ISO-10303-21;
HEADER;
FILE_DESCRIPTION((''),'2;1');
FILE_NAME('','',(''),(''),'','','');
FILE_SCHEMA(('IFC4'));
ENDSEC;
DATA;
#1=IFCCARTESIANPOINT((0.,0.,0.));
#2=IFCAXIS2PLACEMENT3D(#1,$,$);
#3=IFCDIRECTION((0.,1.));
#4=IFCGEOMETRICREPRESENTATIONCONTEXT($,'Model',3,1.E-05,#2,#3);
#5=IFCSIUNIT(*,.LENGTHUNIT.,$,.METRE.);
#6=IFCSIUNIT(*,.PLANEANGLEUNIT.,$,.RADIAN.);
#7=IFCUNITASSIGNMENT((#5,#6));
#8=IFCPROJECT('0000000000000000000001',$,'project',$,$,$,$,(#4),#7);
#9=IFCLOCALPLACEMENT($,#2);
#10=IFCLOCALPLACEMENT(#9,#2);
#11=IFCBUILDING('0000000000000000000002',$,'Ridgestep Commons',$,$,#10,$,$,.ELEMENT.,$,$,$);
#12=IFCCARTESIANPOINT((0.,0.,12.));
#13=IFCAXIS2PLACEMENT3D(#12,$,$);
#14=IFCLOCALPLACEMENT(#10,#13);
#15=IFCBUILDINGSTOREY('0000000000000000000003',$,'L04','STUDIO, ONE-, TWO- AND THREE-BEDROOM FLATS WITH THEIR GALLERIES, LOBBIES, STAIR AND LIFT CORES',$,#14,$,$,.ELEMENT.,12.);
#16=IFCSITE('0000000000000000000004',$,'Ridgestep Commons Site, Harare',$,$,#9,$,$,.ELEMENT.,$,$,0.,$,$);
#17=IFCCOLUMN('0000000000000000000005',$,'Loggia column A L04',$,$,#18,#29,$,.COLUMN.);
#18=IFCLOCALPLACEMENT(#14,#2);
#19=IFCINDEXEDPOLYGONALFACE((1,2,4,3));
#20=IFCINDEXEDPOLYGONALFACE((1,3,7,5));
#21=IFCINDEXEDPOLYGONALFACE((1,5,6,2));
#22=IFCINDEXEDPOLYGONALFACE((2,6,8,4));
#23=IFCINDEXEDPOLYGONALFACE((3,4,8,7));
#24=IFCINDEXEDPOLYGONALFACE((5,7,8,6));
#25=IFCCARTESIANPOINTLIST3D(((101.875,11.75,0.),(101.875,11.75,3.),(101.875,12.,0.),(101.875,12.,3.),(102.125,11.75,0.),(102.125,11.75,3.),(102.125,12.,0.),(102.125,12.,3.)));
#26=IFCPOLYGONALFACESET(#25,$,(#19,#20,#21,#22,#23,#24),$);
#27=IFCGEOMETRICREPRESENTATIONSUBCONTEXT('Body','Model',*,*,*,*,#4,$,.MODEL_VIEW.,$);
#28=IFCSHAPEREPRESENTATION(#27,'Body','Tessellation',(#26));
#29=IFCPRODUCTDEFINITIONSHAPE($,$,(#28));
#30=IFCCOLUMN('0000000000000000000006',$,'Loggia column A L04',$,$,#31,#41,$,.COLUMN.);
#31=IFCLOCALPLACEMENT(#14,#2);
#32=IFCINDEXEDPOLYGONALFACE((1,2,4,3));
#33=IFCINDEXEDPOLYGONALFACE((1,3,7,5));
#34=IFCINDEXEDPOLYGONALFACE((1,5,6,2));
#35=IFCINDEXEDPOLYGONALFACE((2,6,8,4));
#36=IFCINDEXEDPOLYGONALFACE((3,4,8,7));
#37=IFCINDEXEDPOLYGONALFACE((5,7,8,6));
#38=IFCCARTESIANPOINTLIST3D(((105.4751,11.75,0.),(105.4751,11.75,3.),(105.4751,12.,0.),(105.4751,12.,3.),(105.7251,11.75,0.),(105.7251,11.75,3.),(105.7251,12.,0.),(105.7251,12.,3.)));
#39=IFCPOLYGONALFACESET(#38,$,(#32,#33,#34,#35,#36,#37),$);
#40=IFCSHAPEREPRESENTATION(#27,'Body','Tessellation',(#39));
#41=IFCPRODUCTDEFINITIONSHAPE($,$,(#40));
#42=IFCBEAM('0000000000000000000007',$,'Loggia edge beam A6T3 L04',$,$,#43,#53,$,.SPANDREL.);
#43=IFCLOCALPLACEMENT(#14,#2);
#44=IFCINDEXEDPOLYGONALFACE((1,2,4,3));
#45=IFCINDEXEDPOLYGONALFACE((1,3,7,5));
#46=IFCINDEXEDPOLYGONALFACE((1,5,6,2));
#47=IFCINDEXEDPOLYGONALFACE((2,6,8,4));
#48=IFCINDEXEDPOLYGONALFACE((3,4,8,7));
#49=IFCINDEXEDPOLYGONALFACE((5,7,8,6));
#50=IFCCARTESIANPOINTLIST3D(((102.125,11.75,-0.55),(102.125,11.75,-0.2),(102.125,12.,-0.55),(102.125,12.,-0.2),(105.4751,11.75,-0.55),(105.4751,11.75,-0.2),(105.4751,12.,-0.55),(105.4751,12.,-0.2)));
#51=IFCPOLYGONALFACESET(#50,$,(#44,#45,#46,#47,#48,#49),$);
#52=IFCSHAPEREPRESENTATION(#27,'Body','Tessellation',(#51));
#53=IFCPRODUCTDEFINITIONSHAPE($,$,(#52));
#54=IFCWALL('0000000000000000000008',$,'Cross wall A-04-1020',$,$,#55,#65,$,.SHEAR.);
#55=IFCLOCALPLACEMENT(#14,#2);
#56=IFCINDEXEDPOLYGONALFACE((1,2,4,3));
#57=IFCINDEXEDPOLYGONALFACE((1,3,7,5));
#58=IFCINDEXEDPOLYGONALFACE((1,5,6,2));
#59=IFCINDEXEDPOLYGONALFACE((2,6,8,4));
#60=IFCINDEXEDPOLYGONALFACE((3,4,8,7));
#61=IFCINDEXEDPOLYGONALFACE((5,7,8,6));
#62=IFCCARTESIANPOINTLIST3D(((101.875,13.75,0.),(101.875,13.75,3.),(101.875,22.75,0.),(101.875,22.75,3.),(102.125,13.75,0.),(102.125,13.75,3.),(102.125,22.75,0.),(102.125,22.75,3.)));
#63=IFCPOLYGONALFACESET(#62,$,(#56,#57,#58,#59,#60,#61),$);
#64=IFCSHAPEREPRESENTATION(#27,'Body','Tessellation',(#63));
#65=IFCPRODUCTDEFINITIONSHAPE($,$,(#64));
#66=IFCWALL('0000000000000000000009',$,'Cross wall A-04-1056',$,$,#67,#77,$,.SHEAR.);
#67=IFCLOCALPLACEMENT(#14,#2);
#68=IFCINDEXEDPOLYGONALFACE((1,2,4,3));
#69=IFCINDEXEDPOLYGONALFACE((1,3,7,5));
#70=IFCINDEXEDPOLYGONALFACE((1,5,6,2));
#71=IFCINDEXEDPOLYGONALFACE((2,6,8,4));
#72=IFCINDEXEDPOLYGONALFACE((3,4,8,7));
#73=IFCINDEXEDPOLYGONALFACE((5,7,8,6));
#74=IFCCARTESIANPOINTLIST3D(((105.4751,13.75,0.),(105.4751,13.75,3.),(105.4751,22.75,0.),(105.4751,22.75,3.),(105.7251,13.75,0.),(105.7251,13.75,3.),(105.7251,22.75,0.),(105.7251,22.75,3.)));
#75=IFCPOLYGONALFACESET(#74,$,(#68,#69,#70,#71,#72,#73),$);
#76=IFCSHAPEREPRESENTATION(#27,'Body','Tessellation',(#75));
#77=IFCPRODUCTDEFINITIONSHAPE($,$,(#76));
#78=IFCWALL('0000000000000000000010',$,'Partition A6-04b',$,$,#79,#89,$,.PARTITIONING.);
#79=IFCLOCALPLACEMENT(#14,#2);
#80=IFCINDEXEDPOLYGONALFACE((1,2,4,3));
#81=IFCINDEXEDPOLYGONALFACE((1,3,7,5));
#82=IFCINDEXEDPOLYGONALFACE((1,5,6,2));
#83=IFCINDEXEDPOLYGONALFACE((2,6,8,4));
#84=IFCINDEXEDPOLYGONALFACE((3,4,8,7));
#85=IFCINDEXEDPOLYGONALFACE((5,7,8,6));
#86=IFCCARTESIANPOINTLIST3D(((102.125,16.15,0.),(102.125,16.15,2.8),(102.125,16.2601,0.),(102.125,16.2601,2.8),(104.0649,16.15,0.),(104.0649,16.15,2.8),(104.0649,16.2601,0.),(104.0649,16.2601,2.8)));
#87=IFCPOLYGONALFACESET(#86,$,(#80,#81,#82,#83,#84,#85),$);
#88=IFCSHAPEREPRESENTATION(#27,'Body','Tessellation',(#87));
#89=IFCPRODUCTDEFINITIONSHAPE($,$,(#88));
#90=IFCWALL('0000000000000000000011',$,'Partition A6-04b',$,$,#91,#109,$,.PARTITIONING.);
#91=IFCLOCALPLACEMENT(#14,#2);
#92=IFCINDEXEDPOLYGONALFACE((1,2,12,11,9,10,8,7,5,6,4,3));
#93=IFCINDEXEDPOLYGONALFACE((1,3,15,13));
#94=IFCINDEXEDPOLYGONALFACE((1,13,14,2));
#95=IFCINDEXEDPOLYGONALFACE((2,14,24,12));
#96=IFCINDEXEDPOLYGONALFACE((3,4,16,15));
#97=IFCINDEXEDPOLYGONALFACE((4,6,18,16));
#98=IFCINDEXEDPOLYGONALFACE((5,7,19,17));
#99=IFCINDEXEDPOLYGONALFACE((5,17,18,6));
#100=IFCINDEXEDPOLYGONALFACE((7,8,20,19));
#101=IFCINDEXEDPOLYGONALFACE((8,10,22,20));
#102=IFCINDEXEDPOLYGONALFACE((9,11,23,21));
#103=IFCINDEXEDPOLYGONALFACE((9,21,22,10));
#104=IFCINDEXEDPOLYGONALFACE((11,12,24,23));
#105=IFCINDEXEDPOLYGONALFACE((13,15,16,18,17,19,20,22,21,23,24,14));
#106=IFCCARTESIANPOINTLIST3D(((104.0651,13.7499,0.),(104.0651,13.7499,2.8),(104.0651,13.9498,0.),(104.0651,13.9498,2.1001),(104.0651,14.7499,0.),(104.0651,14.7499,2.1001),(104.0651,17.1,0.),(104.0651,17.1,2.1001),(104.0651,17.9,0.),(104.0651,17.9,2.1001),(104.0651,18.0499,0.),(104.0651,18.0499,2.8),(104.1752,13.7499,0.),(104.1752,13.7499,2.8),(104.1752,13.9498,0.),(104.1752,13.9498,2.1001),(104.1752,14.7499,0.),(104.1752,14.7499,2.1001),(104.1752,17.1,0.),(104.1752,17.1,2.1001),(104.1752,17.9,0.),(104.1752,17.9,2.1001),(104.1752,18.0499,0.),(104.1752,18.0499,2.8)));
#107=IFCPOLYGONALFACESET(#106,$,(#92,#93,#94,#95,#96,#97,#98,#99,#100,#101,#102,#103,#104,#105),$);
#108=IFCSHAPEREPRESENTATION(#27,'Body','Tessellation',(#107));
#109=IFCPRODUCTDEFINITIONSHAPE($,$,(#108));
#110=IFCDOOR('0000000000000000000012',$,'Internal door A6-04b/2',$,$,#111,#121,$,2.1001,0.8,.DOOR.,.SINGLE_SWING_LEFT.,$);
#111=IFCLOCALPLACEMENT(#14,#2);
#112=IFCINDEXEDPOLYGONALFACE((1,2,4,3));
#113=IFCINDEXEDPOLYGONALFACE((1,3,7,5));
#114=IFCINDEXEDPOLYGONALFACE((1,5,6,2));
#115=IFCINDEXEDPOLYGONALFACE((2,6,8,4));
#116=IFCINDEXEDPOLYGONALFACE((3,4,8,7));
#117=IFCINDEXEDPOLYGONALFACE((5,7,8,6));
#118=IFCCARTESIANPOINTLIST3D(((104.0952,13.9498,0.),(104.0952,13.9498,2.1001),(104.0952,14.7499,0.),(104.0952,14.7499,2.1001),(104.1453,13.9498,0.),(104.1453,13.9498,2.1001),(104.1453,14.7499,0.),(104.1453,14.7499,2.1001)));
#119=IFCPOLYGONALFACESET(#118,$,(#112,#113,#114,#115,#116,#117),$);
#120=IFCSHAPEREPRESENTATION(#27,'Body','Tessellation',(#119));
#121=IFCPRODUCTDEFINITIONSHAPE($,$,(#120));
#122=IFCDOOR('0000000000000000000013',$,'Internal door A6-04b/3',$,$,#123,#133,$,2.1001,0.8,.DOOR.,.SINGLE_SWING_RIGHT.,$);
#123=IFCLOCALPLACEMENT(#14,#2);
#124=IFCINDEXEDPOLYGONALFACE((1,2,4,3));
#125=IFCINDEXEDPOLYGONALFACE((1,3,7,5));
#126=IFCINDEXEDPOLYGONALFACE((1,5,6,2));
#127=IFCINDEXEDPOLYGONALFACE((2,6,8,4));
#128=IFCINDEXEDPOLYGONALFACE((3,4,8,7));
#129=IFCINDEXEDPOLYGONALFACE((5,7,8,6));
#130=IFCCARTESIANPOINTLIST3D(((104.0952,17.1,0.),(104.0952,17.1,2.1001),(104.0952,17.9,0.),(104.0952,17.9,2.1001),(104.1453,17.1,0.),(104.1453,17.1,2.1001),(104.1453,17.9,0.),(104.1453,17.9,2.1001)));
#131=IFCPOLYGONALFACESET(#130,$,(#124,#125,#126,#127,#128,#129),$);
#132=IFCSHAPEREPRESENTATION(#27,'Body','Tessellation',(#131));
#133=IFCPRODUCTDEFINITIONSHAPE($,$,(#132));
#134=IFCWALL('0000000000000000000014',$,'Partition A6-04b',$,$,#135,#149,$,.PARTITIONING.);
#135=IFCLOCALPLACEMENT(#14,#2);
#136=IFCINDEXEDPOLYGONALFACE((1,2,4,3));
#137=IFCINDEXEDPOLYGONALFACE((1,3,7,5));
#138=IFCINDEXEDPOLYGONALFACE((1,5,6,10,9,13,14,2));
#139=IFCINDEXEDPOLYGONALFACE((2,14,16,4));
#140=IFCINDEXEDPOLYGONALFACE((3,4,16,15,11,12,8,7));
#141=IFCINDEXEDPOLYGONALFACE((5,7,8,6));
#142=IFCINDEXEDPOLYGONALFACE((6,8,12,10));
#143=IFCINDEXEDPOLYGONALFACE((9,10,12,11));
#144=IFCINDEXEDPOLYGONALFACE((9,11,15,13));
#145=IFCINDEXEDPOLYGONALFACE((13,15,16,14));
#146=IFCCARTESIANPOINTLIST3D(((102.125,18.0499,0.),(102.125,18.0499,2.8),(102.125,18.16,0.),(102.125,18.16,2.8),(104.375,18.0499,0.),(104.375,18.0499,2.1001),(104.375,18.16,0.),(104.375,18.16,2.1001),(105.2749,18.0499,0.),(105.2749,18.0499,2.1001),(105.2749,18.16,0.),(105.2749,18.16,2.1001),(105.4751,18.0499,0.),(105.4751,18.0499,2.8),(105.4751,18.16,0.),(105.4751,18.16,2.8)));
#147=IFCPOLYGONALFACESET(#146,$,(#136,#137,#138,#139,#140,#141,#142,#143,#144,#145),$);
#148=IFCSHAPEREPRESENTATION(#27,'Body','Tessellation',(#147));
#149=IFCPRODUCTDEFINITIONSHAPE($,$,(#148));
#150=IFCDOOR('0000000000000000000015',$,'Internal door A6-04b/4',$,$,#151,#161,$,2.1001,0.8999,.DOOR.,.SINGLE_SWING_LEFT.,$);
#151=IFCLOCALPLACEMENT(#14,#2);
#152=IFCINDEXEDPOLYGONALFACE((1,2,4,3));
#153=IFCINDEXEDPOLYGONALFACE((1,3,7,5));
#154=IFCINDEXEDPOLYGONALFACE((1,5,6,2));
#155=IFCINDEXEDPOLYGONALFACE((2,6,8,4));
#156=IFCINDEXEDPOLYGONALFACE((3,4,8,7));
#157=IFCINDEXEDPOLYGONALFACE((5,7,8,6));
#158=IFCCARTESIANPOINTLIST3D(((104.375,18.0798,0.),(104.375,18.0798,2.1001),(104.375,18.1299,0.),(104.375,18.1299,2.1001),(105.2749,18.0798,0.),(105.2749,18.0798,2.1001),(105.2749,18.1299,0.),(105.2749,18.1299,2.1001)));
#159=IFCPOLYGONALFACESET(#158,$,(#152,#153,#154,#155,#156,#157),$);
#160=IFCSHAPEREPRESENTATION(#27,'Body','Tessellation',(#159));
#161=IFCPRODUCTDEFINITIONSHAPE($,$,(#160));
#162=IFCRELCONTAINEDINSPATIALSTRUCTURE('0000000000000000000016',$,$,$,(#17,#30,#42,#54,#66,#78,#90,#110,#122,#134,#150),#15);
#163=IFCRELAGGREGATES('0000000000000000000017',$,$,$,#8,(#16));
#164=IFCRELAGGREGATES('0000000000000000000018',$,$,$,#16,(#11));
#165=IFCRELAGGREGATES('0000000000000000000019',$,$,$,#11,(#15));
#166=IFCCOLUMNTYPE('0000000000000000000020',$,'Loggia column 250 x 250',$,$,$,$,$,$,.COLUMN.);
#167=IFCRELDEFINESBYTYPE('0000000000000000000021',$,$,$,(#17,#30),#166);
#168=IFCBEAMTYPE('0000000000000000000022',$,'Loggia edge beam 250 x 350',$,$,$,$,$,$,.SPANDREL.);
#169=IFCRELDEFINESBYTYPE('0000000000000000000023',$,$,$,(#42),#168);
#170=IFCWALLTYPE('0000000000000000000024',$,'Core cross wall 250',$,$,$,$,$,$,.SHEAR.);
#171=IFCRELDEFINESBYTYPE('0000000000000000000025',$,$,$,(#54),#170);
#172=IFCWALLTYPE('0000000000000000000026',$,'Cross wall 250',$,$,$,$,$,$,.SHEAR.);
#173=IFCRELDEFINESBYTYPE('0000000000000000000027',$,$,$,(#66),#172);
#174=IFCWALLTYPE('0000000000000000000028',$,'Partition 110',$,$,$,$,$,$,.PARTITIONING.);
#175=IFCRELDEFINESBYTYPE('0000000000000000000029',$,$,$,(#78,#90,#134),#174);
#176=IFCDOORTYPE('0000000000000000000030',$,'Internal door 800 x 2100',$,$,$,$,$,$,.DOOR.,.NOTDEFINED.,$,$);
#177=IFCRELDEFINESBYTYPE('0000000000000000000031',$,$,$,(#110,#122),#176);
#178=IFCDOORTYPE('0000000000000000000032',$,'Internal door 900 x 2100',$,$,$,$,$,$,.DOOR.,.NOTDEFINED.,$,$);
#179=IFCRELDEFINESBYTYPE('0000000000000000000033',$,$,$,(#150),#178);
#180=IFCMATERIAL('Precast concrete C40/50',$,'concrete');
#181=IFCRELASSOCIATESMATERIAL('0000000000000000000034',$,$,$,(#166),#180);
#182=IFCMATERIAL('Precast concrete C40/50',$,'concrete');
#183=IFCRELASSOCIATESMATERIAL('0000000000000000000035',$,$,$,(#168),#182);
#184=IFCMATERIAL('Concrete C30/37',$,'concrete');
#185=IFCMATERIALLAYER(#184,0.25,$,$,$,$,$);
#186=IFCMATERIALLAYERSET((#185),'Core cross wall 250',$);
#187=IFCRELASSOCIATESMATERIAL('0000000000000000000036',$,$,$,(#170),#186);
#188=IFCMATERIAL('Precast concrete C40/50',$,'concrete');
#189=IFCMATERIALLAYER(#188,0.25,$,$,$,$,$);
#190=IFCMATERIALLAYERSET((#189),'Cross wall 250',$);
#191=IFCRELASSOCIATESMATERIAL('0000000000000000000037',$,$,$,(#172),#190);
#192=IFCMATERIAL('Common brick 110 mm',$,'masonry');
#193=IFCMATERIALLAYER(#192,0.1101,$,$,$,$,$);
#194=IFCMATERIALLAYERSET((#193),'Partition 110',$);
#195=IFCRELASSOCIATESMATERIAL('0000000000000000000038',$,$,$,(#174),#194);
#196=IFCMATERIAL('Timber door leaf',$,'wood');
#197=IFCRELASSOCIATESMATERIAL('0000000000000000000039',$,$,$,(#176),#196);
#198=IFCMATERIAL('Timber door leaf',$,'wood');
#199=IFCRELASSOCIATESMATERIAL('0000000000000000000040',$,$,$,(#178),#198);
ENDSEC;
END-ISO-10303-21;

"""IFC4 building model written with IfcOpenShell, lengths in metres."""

from ifc_helpers import new_model, si_unit, direction, frame, frame_2d, origin, origin_2d, place, context, subcontext, project, spatial, rectangle, extrude, material, layer, layer_set, material_profile, profile_set, type_object, element, fill, save


model = new_model("IFC4")

# Units and contexts
model_context = context("Model", 3, precision=1e-05, world=origin(), true_north=direction((0.0, 1.0)))
body_context = subcontext(model_context, "Body", "Model", "MODEL_VIEW")
ifc_project = project(units=[si_unit("LENGTHUNIT", "METRE"), si_unit("PLANEANGLEUNIT", "RADIAN")], contexts=[model_context])

# Site, building, storey
site_placement = place(None, origin())
site = spatial("IfcSite", under=ifc_project, at=site_placement, Name="Ridgestep Commons Site, Harare", CompositionType="ELEMENT", RefElevation=0.0)
building_placement = place(site_placement, origin())
building = spatial("IfcBuilding", under=site, at=building_placement, Name="Ridgestep Commons", CompositionType="ELEMENT")
storey_placement = place(building_placement, frame((0.0, 0.0, 12.0)))
storey = spatial("IfcBuildingStorey", under=building, at=storey_placement, Name="L04", Description="STUDIO, ONE-, TWO- AND THREE-BEDROOM FLATS WITH THEIR GALLERIES, LOBBIES, STAIR AND LIFT CORES", CompositionType="ELEMENT", Elevation=12.0)

# Columns
ifc_material_1 = material(Name="Precast concrete C40/50", Category="concrete")
ifc_material_profile_1 = material_profile(ifc_material_1, rectangle(XDim=0.25, YDim=0.25, at=origin_2d()), Name="PC 250x250")
ifc_profile_set_1 = profile_set([ifc_material_profile_1], Name="Precast concrete C40/50")
column_type = type_object("IfcColumnType", Name="Loggia column 250 x 250", PredefinedType="COLUMN", material=ifc_profile_set_1)
for number, where, z_axis, x_axis, name in (
    (1, (102.0, 11.875, 0.0), (0.0, 0.0, 1.0), (1.0, 0.0, 0.0), "Loggia column A L04"),
    (2, (105.6001, 11.875, 0.0), (0.0, 0.0, 1.0), (1.0, 0.0, 0.0), "Loggia column A L04"),
):
    element("IfcColumn", number, at=place(storey_placement, frame(where, z_axis=z_axis, x_axis=x_axis)), inside=storey, type_object=column_type, Name=name, PredefinedType="COLUMN", context=body_context, shape_type="SweptSolid", body=[
        extrude(rectangle(XDim=0.25, YDim=0.25, at=origin_2d()), origin(), (0.0, 0.0, 1.0), 3.0),
    ])

# Beam
ifc_material_2 = material(Name="Precast concrete C40/50", Category="concrete")
ifc_material_profile_2 = material_profile(ifc_material_2, rectangle(XDim=0.25, YDim=0.3501, at=origin_2d()), Name="PC 250x350")
ifc_profile_set_2 = profile_set([ifc_material_profile_2], Name="Precast concrete C40/50")
beam_type = type_object("IfcBeamType", Name="Loggia edge beam 250 x 350", PredefinedType="SPANDREL", material=ifc_profile_set_2)
beam_placement = place(storey_placement, frame((102.125, 11.875, -0.375), z_axis=(1.0, 0.0, 0.0), x_axis=(0.0, 1.0, 0.0)))
element("IfcBeam", 3, at=beam_placement, inside=storey, type_object=beam_type, Name="Loggia edge beam A6T3 L04", PredefinedType="SPANDREL", context=body_context, shape_type="SweptSolid", body=[
    extrude(rectangle(XDim=0.25, YDim=0.3501, at=origin_2d()), origin(), (0.0, 0.0, 1.0), 3.3501),
])

# Walls
ifc_material_3 = material(Name="Concrete C30/37", Category="concrete")
ifc_layer_1 = layer(ifc_material_3, 0.25)
ifc_layer_set_1 = layer_set([ifc_layer_1], Name="Core cross wall 250")
wall_type_1 = type_object("IfcWallType", Name="Core cross wall 250", PredefinedType="SHEAR", material=ifc_layer_set_1)
wall_1_placement = place(storey_placement, frame((102.0, 13.75, 0.0), z_axis=(0.0, 0.0, 1.0), x_axis=(0.0, 1.0, 0.0)))
element("IfcWall", 4, at=wall_1_placement, inside=storey, type_object=wall_type_1, Name="Cross wall A-04-1020", PredefinedType="SHEAR", context=body_context, shape_type="SweptSolid", body=[
    extrude(rectangle(XDim=9.0, YDim=0.25, at=frame_2d((4.5, 0.0))), origin(), (0.0, 0.0, 1.0), 3.0),
])
ifc_material_4 = material(Name="Precast concrete C40/50", Category="concrete")
ifc_layer_2 = layer(ifc_material_4, 0.25)
ifc_layer_set_2 = layer_set([ifc_layer_2], Name="Cross wall 250")
wall_type_2 = type_object("IfcWallType", Name="Cross wall 250", PredefinedType="SHEAR", material=ifc_layer_set_2)
wall_2_placement = place(storey_placement, frame((105.6001, 13.75, 0.0), z_axis=(0.0, 0.0, 1.0), x_axis=(0.0, 1.0, 0.0)))
element("IfcWall", 5, at=wall_2_placement, inside=storey, type_object=wall_type_2, Name="Cross wall A-04-1056", PredefinedType="SHEAR", context=body_context, shape_type="SweptSolid", body=[
    extrude(rectangle(XDim=9.0, YDim=0.25, at=frame_2d((4.5, 0.0))), origin(), (0.0, 0.0, 1.0), 3.0),
])
ifc_material_5 = material(Name="Common brick 110 mm", Category="masonry")
ifc_layer_3 = layer(ifc_material_5, 0.1101)
ifc_layer_set_3 = layer_set([ifc_layer_3], Name="Partition 110")
wall_type_3 = type_object("IfcWallType", Name="Partition 110", PredefinedType="PARTITIONING", material=ifc_layer_set_3)
wall_3_placement = place(storey_placement, frame((102.125, 16.2051, 0.0), z_axis=(0.0, 0.0, 1.0), x_axis=(1.0, 0.0, 0.0)))
element("IfcWall", 6, at=wall_3_placement, inside=storey, type_object=wall_type_3, Name="Partition A6-04b", PredefinedType="PARTITIONING", context=body_context, shape_type="SweptSolid", body=[
    extrude(rectangle(XDim=1.9399, YDim=0.1101, at=frame_2d((0.97, 0.0))), origin(), (0.0, 0.0, 1.0), 2.8),
])

# Wall, openings, doors
wall_4_placement = place(storey_placement, frame((104.1201, 13.75, 0.0), z_axis=(0.0, 0.0, 1.0), x_axis=(0.0, 1.0, 0.0)))
wall_4 = element("IfcWall", 7, at=wall_4_placement, inside=storey, type_object=wall_type_3, Name="Partition A6-04b", PredefinedType="PARTITIONING", context=body_context, shape_type="SweptSolid", body=[
    extrude(rectangle(XDim=4.3, YDim=0.1101, at=frame_2d((2.1499, 0.0))), origin(), (0.0, 0.0, 1.0), 2.8),
])
opening_1_placement = place(wall_4_placement, frame((0.2, 0.0, 0.0)))
opening_1 = element("IfcOpeningElement", 8, at=opening_1_placement, cuts=wall_4, PredefinedType="OPENING", context=body_context, shape_type="SweptSolid", body=[
    extrude(rectangle(XDim=0.8, YDim=2.1001, at=frame_2d((0.3999, 1.05))), frame((0.0, 0.0649, 0.0), z_axis=(0.0, -1.0, 0.0), x_axis=(1.0, 0.0, 0.0)), (0.0, 0.0, 1.0), 0.1301),
])
opening_2_placement = place(wall_4_placement, frame((3.3501, 0.0, 0.0)))
opening_2 = element("IfcOpeningElement", 9, at=opening_2_placement, cuts=wall_4, PredefinedType="OPENING", context=body_context, shape_type="SweptSolid", body=[
    extrude(rectangle(XDim=0.8, YDim=2.1001, at=frame_2d((0.3999, 1.05))), frame((0.0, 0.0649, 0.0), z_axis=(0.0, -1.0, 0.0), x_axis=(1.0, 0.0, 0.0)), (0.0, 0.0, 1.0), 0.1301),
])
ifc_material_6 = material(Name="Timber door leaf", Category="wood")
door_type_1 = type_object("IfcDoorType", Name="Internal door 800 x 2100", OperationType="NOTDEFINED", PredefinedType="DOOR", material=ifc_material_6)
door_1_placement = place(opening_1_placement, origin())
door_1 = element("IfcDoor", 10, at=door_1_placement, inside=storey, type_object=door_type_1, Name="Internal door A6-04b/2", OperationType="SINGLE_SWING_LEFT", OverallHeight=2.1001, OverallWidth=0.8, PredefinedType="DOOR", context=body_context, shape_type="SweptSolid", body=[
    extrude(rectangle(XDim=0.8, YDim=2.1001, at=frame_2d((0.3999, 1.05))), frame((0.0, 0.0249, 0.0), z_axis=(0.0, -1.0, 0.0), x_axis=(1.0, 0.0, 0.0)), (0.0, 0.0, 1.0), 0.05),
])
fill(opening_1, door_1)
door_2_placement = place(opening_2_placement, origin())
door_2 = element("IfcDoor", 11, at=door_2_placement, inside=storey, type_object=door_type_1, Name="Internal door A6-04b/3", OperationType="SINGLE_SWING_RIGHT", OverallHeight=2.1001, OverallWidth=0.8, PredefinedType="DOOR", context=body_context, shape_type="SweptSolid", body=[
    extrude(rectangle(XDim=0.8, YDim=2.1001, at=frame_2d((0.3999, 1.05))), frame((0.0, 0.0249, 0.0), z_axis=(0.0, -1.0, 0.0), x_axis=(1.0, 0.0, 0.0)), (0.0, 0.0, 1.0), 0.05),
])
fill(opening_2, door_2)

# Wall, opening, door
wall_5_placement = place(storey_placement, frame((102.125, 18.105, 0.0), z_axis=(0.0, 0.0, 1.0), x_axis=(1.0, 0.0, 0.0)))
wall_5 = element("IfcWall", 12, at=wall_5_placement, inside=storey, type_object=wall_type_3, Name="Partition A6-04b", PredefinedType="PARTITIONING", context=body_context, shape_type="SweptSolid", body=[
    extrude(rectangle(XDim=3.3501, YDim=0.1101, at=frame_2d((1.675, 0.0))), origin(), (0.0, 0.0, 1.0), 2.8),
])
opening_3_placement = place(wall_5_placement, frame((2.25, 0.0, 0.0)))
opening_3 = element("IfcOpeningElement", 13, at=opening_3_placement, cuts=wall_5, PredefinedType="OPENING", context=body_context, shape_type="SweptSolid", body=[
    extrude(rectangle(XDim=0.8999, YDim=2.1001, at=frame_2d((0.45, 1.05))), frame((0.0, 0.0649, 0.0), z_axis=(0.0, -1.0, 0.0), x_axis=(1.0, 0.0, 0.0)), (0.0, 0.0, 1.0), 0.1301),
])
ifc_material_7 = material(Name="Timber door leaf", Category="wood")
door_type_2 = type_object("IfcDoorType", Name="Internal door 900 x 2100", OperationType="NOTDEFINED", PredefinedType="DOOR", material=ifc_material_7)
door_3_placement = place(opening_3_placement, origin())
door_3 = element("IfcDoor", 14, at=door_3_placement, inside=storey, type_object=door_type_2, Name="Internal door A6-04b/4", OperationType="SINGLE_SWING_LEFT", OverallHeight=2.1001, OverallWidth=0.8999, PredefinedType="DOOR", context=body_context, shape_type="SweptSolid", body=[
    extrude(rectangle(XDim=0.8999, YDim=2.1001, at=frame_2d((0.45, 1.05))), frame((0.0, 0.0249, 0.0), z_axis=(0.0, -1.0, 0.0), x_axis=(1.0, 0.0, 0.0)), (0.0, 0.0, 1.0), 0.05),
])
fill(opening_3, door_3)

save(model, "model.ifc")
